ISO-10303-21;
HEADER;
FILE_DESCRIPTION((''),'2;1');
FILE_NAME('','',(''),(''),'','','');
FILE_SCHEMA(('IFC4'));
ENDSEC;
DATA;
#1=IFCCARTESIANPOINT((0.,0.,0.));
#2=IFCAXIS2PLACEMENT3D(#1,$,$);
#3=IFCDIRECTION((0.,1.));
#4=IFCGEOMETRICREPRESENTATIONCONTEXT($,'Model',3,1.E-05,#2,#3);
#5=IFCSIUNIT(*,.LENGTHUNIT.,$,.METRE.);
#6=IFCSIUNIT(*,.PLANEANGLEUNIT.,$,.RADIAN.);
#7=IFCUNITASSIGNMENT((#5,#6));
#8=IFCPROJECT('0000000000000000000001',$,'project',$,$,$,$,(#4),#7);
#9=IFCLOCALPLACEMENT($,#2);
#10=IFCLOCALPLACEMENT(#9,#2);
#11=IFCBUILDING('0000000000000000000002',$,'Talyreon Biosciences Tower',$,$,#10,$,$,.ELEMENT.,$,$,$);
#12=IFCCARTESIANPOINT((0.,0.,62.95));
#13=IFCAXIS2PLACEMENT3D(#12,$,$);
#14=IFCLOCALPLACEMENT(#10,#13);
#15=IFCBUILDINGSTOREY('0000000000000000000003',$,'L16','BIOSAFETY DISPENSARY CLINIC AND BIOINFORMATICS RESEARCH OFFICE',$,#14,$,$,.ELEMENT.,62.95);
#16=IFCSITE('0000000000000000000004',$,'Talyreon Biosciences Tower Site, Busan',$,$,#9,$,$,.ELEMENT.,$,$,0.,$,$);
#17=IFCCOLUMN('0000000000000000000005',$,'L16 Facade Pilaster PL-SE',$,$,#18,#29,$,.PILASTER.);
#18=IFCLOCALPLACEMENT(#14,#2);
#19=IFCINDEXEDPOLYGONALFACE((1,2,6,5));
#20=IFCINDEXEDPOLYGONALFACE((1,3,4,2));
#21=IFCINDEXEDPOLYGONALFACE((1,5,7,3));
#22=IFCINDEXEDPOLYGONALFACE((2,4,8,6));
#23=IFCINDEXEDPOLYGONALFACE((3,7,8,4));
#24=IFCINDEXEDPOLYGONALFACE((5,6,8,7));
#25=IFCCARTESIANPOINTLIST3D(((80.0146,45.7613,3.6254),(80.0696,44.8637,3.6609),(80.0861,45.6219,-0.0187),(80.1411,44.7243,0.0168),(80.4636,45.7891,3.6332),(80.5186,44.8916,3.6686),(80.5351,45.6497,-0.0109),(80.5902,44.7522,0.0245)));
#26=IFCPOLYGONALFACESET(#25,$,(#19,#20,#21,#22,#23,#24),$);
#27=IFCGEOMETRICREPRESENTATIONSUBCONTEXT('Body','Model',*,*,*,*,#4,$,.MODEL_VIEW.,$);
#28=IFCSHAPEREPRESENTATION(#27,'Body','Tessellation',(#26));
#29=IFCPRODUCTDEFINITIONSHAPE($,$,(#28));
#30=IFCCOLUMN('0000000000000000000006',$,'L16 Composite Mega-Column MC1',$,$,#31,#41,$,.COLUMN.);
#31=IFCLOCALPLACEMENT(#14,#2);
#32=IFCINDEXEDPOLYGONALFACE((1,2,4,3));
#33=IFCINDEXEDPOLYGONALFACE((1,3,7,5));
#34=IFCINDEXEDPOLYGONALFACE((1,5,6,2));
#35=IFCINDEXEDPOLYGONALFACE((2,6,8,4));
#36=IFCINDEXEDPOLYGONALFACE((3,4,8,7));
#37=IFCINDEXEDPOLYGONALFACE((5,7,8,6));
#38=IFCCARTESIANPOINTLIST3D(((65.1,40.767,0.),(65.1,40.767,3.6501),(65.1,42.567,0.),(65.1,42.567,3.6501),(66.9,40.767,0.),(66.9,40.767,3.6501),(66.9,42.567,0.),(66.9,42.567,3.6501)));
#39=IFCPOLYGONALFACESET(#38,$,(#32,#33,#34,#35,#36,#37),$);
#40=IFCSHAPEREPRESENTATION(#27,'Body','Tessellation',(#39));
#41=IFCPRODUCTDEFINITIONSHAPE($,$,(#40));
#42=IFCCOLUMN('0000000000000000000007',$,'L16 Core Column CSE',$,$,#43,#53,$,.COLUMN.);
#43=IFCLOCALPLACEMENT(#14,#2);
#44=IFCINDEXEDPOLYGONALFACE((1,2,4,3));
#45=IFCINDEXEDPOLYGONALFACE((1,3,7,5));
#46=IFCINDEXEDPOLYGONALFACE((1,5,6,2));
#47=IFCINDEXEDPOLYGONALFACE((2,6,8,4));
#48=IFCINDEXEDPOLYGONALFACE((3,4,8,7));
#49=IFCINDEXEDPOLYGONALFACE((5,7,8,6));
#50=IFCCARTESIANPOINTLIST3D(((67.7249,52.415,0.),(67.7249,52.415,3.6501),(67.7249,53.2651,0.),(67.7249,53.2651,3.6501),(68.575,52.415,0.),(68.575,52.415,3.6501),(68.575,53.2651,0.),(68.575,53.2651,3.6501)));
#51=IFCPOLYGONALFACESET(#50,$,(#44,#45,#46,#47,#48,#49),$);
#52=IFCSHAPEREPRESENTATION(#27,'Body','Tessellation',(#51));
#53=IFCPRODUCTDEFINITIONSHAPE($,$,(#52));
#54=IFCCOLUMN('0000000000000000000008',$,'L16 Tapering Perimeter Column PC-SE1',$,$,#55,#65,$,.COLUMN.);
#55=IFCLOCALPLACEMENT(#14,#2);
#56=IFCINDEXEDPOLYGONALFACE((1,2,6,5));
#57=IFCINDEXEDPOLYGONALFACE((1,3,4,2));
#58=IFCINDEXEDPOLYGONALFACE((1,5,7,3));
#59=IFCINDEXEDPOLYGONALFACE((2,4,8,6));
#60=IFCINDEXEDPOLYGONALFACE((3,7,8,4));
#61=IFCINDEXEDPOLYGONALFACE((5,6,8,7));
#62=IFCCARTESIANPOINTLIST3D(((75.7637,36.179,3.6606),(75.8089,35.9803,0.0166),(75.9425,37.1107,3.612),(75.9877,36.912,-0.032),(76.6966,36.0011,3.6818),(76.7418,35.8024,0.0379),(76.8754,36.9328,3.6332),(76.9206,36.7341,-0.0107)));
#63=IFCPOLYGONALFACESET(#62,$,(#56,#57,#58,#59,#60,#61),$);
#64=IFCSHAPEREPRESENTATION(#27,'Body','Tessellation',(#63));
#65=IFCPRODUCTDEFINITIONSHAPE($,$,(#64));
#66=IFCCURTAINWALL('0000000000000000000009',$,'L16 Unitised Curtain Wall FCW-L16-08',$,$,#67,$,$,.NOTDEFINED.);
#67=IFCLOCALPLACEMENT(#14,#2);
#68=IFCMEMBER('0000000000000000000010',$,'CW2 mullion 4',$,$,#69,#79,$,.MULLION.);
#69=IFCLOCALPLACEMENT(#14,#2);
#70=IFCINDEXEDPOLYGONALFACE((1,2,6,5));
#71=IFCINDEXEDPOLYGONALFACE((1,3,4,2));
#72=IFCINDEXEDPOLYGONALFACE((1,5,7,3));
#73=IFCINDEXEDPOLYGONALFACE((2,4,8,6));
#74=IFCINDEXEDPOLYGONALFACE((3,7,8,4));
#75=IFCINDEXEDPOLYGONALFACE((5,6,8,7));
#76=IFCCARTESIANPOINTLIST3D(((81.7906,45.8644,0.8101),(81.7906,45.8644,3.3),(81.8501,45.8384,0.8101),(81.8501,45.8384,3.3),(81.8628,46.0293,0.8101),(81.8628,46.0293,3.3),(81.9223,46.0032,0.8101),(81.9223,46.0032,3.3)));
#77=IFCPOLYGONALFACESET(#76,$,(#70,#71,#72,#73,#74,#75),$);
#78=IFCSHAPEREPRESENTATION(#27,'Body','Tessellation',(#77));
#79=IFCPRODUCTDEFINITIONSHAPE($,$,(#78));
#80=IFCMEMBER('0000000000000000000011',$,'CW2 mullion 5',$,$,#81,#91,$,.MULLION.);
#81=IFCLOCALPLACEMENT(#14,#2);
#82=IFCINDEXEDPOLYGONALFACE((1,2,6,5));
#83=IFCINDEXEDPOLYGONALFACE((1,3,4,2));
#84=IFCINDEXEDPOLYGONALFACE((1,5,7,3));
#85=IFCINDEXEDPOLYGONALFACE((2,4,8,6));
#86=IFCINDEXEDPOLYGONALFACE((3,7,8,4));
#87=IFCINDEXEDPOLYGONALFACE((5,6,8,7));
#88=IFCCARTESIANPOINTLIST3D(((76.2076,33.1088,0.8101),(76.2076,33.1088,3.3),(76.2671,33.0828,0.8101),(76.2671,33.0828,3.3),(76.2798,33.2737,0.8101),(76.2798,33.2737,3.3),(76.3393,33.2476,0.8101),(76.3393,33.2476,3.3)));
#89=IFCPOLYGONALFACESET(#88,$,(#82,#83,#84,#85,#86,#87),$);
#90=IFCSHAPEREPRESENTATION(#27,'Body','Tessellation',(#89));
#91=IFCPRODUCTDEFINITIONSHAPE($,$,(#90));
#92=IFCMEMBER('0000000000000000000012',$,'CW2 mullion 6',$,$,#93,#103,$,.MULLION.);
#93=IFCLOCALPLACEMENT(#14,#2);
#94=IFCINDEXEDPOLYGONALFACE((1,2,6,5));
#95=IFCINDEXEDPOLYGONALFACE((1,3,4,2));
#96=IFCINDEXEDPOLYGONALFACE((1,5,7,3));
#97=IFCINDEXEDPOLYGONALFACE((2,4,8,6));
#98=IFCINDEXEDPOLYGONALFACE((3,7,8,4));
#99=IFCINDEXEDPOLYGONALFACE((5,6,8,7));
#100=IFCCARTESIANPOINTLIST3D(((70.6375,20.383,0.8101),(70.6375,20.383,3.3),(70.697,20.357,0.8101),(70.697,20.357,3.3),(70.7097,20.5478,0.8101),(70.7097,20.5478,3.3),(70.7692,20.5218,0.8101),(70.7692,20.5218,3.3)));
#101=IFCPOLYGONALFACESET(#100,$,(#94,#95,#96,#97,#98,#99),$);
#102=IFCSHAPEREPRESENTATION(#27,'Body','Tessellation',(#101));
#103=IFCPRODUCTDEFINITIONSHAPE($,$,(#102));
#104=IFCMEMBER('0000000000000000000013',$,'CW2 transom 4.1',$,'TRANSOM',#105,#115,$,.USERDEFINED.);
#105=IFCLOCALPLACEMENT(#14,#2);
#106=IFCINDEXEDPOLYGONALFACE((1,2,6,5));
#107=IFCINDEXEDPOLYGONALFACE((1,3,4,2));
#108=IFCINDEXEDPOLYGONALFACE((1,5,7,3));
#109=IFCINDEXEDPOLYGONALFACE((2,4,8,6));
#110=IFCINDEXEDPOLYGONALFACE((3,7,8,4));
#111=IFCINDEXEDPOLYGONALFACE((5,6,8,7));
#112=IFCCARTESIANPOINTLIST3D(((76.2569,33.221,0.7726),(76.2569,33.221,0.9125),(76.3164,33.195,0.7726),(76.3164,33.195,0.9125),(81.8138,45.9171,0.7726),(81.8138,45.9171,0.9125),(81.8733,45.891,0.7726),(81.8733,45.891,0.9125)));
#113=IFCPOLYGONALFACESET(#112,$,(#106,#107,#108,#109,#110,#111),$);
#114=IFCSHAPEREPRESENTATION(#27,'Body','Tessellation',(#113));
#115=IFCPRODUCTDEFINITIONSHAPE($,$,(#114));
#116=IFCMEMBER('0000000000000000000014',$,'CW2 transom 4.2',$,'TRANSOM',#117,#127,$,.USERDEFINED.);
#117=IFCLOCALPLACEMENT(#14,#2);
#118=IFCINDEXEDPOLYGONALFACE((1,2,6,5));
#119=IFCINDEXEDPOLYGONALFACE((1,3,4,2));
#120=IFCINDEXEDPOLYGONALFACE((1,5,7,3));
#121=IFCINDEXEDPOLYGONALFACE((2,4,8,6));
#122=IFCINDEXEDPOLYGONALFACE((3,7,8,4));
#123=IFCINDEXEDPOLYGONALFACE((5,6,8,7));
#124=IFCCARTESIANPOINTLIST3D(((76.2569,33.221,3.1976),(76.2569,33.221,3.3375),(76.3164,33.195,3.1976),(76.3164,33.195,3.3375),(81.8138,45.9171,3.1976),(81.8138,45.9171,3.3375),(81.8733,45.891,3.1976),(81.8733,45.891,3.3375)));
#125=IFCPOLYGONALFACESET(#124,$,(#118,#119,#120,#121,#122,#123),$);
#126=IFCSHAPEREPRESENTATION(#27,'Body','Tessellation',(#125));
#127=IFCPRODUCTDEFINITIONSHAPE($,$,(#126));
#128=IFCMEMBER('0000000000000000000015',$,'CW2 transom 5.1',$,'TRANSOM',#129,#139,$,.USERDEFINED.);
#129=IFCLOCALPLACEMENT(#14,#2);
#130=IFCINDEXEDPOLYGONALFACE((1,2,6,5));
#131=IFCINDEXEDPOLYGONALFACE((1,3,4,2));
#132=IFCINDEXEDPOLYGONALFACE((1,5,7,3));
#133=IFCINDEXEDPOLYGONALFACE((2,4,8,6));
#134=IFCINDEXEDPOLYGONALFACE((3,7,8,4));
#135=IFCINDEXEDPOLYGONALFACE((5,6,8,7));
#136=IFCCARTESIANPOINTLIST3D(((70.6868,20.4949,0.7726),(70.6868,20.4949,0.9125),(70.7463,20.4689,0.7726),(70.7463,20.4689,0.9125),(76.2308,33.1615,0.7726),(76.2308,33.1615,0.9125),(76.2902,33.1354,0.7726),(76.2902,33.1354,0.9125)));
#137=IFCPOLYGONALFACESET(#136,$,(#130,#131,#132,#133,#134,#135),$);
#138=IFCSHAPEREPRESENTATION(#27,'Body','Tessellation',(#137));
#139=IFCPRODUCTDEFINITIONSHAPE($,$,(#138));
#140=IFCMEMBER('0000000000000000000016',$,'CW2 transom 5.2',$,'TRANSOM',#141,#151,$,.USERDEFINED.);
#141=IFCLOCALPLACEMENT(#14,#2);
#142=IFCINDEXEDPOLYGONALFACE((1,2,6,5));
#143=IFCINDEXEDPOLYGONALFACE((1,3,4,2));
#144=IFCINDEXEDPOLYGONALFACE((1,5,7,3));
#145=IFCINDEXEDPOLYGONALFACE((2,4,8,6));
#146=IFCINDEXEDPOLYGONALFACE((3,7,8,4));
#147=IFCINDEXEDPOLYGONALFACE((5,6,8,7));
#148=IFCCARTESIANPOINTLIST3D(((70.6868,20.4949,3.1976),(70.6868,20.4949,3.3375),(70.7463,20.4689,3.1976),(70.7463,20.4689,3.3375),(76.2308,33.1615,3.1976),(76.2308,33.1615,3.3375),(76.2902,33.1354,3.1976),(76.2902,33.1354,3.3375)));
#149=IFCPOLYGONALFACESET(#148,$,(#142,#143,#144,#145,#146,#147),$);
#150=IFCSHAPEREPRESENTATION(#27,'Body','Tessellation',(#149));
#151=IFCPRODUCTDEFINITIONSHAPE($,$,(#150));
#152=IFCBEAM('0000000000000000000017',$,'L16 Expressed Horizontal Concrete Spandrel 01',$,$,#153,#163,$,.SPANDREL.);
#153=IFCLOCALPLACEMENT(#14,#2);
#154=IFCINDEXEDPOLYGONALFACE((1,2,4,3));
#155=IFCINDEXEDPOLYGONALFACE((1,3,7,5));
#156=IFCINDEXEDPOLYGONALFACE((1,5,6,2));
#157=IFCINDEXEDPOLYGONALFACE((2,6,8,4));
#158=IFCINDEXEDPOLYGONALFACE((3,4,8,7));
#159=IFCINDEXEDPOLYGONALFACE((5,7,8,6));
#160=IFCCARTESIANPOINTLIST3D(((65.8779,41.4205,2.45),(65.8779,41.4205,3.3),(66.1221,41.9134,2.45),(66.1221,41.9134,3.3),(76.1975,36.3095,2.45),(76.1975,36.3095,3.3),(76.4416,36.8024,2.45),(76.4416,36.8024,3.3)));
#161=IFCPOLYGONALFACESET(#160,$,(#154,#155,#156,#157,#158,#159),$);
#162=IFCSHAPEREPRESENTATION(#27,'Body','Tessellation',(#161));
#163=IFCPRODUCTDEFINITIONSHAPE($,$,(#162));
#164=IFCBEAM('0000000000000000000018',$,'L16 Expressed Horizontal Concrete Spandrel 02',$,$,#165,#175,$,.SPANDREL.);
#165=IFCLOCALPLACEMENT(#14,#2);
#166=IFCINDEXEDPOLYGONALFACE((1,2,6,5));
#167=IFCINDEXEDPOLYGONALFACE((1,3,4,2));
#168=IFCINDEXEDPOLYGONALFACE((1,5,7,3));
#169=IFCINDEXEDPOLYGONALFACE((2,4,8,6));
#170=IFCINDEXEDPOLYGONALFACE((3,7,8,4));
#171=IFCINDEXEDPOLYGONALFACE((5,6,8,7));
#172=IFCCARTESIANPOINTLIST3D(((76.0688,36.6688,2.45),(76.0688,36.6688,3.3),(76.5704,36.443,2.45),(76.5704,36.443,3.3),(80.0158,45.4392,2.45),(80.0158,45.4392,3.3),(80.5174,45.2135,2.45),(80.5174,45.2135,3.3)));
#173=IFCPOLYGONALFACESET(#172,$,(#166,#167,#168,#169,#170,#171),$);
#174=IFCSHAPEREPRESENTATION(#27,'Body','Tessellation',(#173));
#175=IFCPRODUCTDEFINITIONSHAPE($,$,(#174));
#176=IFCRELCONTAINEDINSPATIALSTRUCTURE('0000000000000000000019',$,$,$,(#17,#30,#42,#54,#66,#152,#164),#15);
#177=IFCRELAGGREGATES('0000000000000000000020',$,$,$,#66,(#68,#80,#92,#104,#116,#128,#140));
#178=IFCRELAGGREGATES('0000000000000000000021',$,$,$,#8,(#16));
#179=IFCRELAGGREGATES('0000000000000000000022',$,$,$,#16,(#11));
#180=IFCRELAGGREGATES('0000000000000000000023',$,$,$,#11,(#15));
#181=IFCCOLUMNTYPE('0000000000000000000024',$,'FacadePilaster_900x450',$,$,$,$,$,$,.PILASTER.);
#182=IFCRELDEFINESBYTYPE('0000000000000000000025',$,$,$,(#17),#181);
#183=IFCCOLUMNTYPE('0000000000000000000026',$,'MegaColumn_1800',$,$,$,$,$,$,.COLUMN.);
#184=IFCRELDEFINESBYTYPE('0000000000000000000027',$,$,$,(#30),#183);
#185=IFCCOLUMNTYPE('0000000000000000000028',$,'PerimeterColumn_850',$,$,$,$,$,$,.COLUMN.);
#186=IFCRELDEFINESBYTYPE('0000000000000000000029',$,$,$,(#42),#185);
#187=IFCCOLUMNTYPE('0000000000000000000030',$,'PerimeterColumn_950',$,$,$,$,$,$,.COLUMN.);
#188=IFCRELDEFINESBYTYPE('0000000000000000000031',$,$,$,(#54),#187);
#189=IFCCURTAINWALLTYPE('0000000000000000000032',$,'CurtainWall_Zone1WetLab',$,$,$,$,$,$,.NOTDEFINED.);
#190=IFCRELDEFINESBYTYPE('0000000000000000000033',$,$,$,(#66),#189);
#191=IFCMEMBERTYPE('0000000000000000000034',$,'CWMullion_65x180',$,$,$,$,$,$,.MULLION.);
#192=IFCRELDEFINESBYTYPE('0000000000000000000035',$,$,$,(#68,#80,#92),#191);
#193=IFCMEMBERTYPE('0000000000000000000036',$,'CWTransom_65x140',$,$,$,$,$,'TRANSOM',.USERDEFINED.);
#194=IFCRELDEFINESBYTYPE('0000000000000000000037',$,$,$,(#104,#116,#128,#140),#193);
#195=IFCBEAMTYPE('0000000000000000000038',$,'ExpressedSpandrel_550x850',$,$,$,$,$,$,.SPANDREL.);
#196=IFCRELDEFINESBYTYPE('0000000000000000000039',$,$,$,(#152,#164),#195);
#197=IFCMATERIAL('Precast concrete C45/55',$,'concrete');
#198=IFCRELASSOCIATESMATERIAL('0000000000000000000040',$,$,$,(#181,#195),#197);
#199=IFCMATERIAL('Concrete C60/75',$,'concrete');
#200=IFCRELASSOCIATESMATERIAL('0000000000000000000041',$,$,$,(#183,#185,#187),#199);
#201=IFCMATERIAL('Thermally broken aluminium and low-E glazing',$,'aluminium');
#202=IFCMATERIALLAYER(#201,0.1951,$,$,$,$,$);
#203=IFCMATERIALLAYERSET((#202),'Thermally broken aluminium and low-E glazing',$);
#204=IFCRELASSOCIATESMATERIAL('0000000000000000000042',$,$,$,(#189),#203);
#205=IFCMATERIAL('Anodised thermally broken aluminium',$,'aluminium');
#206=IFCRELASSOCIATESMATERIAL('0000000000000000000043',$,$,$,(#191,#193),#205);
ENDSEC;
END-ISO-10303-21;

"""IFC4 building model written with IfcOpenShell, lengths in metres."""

from ifc_helpers import new_model, si_unit, direction, frame, origin, origin_2d, place, context, subcontext, project, spatial, rectangle, extrude, material, layer, layer_set, material_profile, profile_set, type_object, element, aggregate, save


model = new_model("IFC4")

# Units and contexts
model_context = context("Model", 3, precision=1e-05, world=origin(), true_north=direction((0.0, 1.0)))
body_context = subcontext(model_context, "Body", "Model", "MODEL_VIEW")
ifc_project = project(units=[si_unit("LENGTHUNIT", "METRE"), si_unit("PLANEANGLEUNIT", "RADIAN")], contexts=[model_context])

# Site, building, storey
site_placement = place(None, origin())
site = spatial("IfcSite", under=ifc_project, at=site_placement, Name="Talyreon Biosciences Tower Site, Busan", CompositionType="ELEMENT", RefElevation=0.0)
building_placement = place(site_placement, origin())
building = spatial("IfcBuilding", under=site, at=building_placement, Name="Talyreon Biosciences Tower", CompositionType="ELEMENT")
storey_placement = place(building_placement, frame((0.0, 0.0, 62.95)))
storey = spatial("IfcBuildingStorey", under=building, at=storey_placement, Name="L16", Description="BIOSAFETY DISPENSARY CLINIC AND BIOINFORMATICS RESEARCH OFFICE", CompositionType="ELEMENT", Elevation=62.95)

# Columns
ifc_material_1 = material(Name="Precast concrete C45/55", Category="concrete")
ifc_material_profile_1 = material_profile(ifc_material_1, rectangle(XDim=0.8999, YDim=0.45, at=origin_2d()), Name="RC 900x450")
ifc_profile_set_1 = profile_set([ifc_material_profile_1], Name="Precast concrete C45/55")
column_type_1 = type_object("IfcColumnType", Name="FacadePilaster_900x450", PredefinedType="PILASTER", material=ifc_profile_set_1)
column_1_placement = place(storey_placement, frame((80.3381, 45.187, 0.0029), z_axis=(-0.019612, 0.03822, 0.999077), x_axis=(0.061149, -0.997352, 0.039354)))
element("IfcColumn", 1, at=column_1_placement, inside=storey, type_object=column_type_1, Name="L16 Facade Pilaster PL-SE", PredefinedType="PILASTER", context=body_context, shape_type="SweptSolid", body=[
    extrude(rectangle(XDim=0.8999, YDim=0.45, at=origin_2d()), origin(), (0.0, 0.0, 1.0), 3.6475),
])
ifc_material_2 = material(Name="Concrete C60/75", Category="concrete")
ifc_material_profile_2 = material_profile(ifc_material_2, rectangle(XDim=1.8, YDim=1.8, at=origin_2d()), Name="RC 1800x1800")
ifc_profile_set_2 = profile_set([ifc_material_profile_2], Name="Concrete C60/75")
column_type_2 = type_object("IfcColumnType", Name="MegaColumn_1800", PredefinedType="COLUMN", material=ifc_profile_set_2)
column_2_placement = place(storey_placement, frame((66.0, 41.667, 0.0), z_axis=(0.0, 0.0, 1.0), x_axis=(1.0, 0.0, 0.0)))
element("IfcColumn", 2, at=column_2_placement, inside=storey, type_object=column_type_2, Name="L16 Composite Mega-Column MC1", PredefinedType="COLUMN", context=body_context, shape_type="SweptSolid", body=[
    extrude(rectangle(XDim=1.8, YDim=1.8, at=origin_2d()), origin(), (0.0, 0.0, 1.0), 3.6501),
])
ifc_material_profile_3 = material_profile(ifc_material_2, rectangle(XDim=0.8501, YDim=0.8501, at=origin_2d()), Name="RC 850x850")
ifc_profile_set_3 = profile_set([ifc_material_profile_3], Name="Concrete C60/75")
column_type_3 = type_object("IfcColumnType", Name="PerimeterColumn_850", PredefinedType="COLUMN", material=ifc_profile_set_3)
column_3_placement = place(storey_placement, frame((68.1499, 52.8401, 0.0), z_axis=(0.0, 0.0, 1.0), x_axis=(1.0, 0.0, 0.0)))
element("IfcColumn", 3, at=column_3_placement, inside=storey, type_object=column_type_3, Name="L16 Core Column CSE", PredefinedType="COLUMN", context=body_context, shape_type="SweptSolid", body=[
    extrude(rectangle(XDim=0.8501, YDim=0.8501, at=origin_2d()), origin(), (0.0, 0.0, 1.0), 3.6501),
])
ifc_material_profile_4 = material_profile(ifc_material_2, rectangle(XDim=0.95, YDim=0.95, at=origin_2d()), Name="RC 950x950")
ifc_profile_set_4 = profile_set([ifc_material_profile_4], Name="Concrete C60/75")
column_type_4 = type_object("IfcColumnType", Name="PerimeterColumn_950", PredefinedType="COLUMN", material=ifc_profile_set_4)
column_4_placement = place(storey_placement, frame((76.3647, 36.3572, 0.0029), z_axis=(-0.012375, 0.054451, 0.99844), x_axis=(-0.188242, -0.98079, 0.051155)))
element("IfcColumn", 4, at=column_4_placement, inside=storey, type_object=column_type_4, Name="L16 Tapering Perimeter Column PC-SE1", PredefinedType="COLUMN", context=body_context, shape_type="SweptSolid", body=[
    extrude(rectangle(XDim=0.95, YDim=0.95, at=origin_2d()), origin(), (0.0, 0.0, 1.0), 3.6497),
])

# Curtain wall, members
ifc_material_3 = material(Name="Thermally broken aluminium and low-E glazing", Category="aluminium")
ifc_layer_1 = layer(ifc_material_3, 0.1951)
ifc_layer_set_1 = layer_set([ifc_layer_1], Name="Thermally broken aluminium and low-E glazing")
curtain_wall_type = type_object("IfcCurtainWallType", Name="CurtainWall_Zone1WetLab", PredefinedType="NOTDEFINED", material=ifc_layer_set_1)
curtain_wall_placement = place(storey_placement, origin())
curtain_wall = element("IfcCurtainWall", 5, at=curtain_wall_placement, inside=storey, type_object=curtain_wall_type, Name="L16 Unitised Curtain Wall FCW-L16-08", PredefinedType="NOTDEFINED")
ifc_material_4 = material(Name="Anodised thermally broken aluminium", Category="aluminium")
ifc_material_profile_5 = material_profile(ifc_material_4, rectangle(XDim=0.0649, YDim=0.1799, at=origin_2d()), Name="ALUM MULLION 65x180")
ifc_profile_set_5 = profile_set([ifc_material_profile_5], Name="Anodised thermally broken aluminium")
member_type_1 = type_object("IfcMemberType", Name="CWMullion_65x180", PredefinedType="MULLION", material=ifc_profile_set_5)
member_1_placement = place(storey_placement, frame((81.8564, 45.9338, 0.8101), z_axis=(0.0, 0.0, 1.0), x_axis=(0.916092, -0.400968, 0.0)))
member_1 = element("IfcMember", 6, at=member_1_placement, type_object=member_type_1, Name="CW2 mullion 4", PredefinedType="MULLION", context=body_context, shape_type="SweptSolid", body=[
    extrude(rectangle(XDim=0.0649, YDim=0.1799, at=origin_2d()), origin(), (0.0, 0.0, 1.0), 2.49),
])
member_2_placement = place(storey_placement, frame((76.2734, 33.1782, 0.8101), z_axis=(0.0, 0.0, 1.0), x_axis=(0.916092, -0.400968, 0.0)))
member_2 = element("IfcMember", 7, at=member_2_placement, type_object=member_type_1, Name="CW2 mullion 5", PredefinedType="MULLION", context=body_context, shape_type="SweptSolid", body=[
    extrude(rectangle(XDim=0.0649, YDim=0.1799, at=origin_2d()), origin(), (0.0, 0.0, 1.0), 2.49),
])
member_3_placement = place(storey_placement, frame((70.7034, 20.4524, 0.8101), z_axis=(0.0, 0.0, 1.0), x_axis=(0.916092, -0.400968, 0.0)))
member_3 = element("IfcMember", 8, at=member_3_placement, type_object=member_type_1, Name="CW2 mullion 6", PredefinedType="MULLION", context=body_context, shape_type="SweptSolid", body=[
    extrude(rectangle(XDim=0.0649, YDim=0.1799, at=origin_2d()), origin(), (0.0, 0.0, 1.0), 2.49),
])
ifc_material_profile_6 = material_profile(ifc_material_4, rectangle(XDim=0.0649, YDim=0.1399, at=origin_2d()), Name="ALUM TRANSOM 65x140")
ifc_profile_set_6 = profile_set([ifc_material_profile_6], Name="Anodised thermally broken aluminium")
member_type_2 = type_object("IfcMemberType", Name="CWTransom_65x140", ElementType="TRANSOM", PredefinedType="USERDEFINED", material=ifc_profile_set_6)
member_4_placement = place(storey_placement, frame((81.8435, 45.9041, 0.8425), z_axis=(-0.400962, -0.916095, 0.0), x_axis=(0.916095, -0.400962, 0.0)))
member_4 = element("IfcMember", 9, at=member_4_placement, type_object=member_type_2, Name="CW2 transom 4.1", ObjectType="TRANSOM", PredefinedType="USERDEFINED", context=body_context, shape_type="SweptSolid", body=[
    extrude(rectangle(XDim=0.0649, YDim=0.1399, at=origin_2d()), origin(), (0.0, 0.0, 1.0), 13.8589),
])
member_5_placement = place(storey_placement, frame((81.8435, 45.9041, 3.2676), z_axis=(-0.400962, -0.916095, 0.0), x_axis=(0.916095, -0.400962, 0.0)))
member_5 = element("IfcMember", 10, at=member_5_placement, type_object=member_type_2, Name="CW2 transom 4.2", ObjectType="TRANSOM", PredefinedType="USERDEFINED", context=body_context, shape_type="SweptSolid", body=[
    extrude(rectangle(XDim=0.0649, YDim=0.1399, at=origin_2d()), origin(), (0.0, 0.0, 1.0), 13.8589),
])
member_6_placement = place(storey_placement, frame((76.2605, 33.1484, 0.8425), z_axis=(-0.400961, -0.916095, 0.0), x_axis=(0.916095, -0.400961, 0.0)))
member_6 = element("IfcMember", 11, at=member_6_placement, type_object=member_type_2, Name="CW2 transom 5.1", ObjectType="TRANSOM", PredefinedType="USERDEFINED", context=body_context, shape_type="SweptSolid", body=[
    extrude(rectangle(XDim=0.0649, YDim=0.1399, at=origin_2d()), origin(), (0.0, 0.0, 1.0), 13.8267),
])
member_7_placement = place(storey_placement, frame((76.2605, 33.1484, 3.2676), z_axis=(-0.400961, -0.916095, 0.0), x_axis=(0.916095, -0.400961, 0.0)))
member_7 = element("IfcMember", 12, at=member_7_placement, type_object=member_type_2, Name="CW2 transom 5.2", ObjectType="TRANSOM", PredefinedType="USERDEFINED", context=body_context, shape_type="SweptSolid", body=[
    extrude(rectangle(XDim=0.0649, YDim=0.1399, at=origin_2d()), origin(), (0.0, 0.0, 1.0), 13.8267),
])

# Beams
ifc_material_profile_7 = material_profile(ifc_material_1, rectangle(XDim=0.55, YDim=0.8501, at=origin_2d()), Name="RCB 550x850")
ifc_profile_set_7 = profile_set([ifc_material_profile_7], Name="Precast concrete C45/55")
beam_type_1 = type_object("IfcBeamType", Name="ExpressedSpandrel_550x850", PredefinedType="SPANDREL", material=ifc_profile_set_7)
beam_1_placement = place(storey_placement, frame((66.0, 41.667, 2.875), z_axis=(0.896113, -0.443827, 0.0), x_axis=(0.443827, 0.896113, 0.0)))
element("IfcBeam", 13, at=beam_1_placement, inside=storey, type_object=beam_type_1, Name="L16 Expressed Horizontal Concrete Spandrel 01", PredefinedType="SPANDREL", context=body_context, shape_type="SweptSolid", body=[
    extrude(rectangle(XDim=0.55, YDim=0.8501, at=origin_2d()), origin(), (0.0, 0.0, 1.0), 11.5159),
])
beam_2_placement = place(storey_placement, frame((76.3196, 36.5559, 2.875), z_axis=(0.41039, 0.91191, 0.0), x_axis=(-0.91191, 0.41039, 0.0)))
element("IfcBeam", 14, at=beam_2_placement, inside=storey, type_object=beam_type_1, Name="L16 Expressed Horizontal Concrete Spandrel 02", PredefinedType="SPANDREL", context=body_context, shape_type="SweptSolid", body=[
    extrude(rectangle(XDim=0.55, YDim=0.8501, at=origin_2d()), origin(), (0.0, 0.0, 1.0), 9.6177),
])

aggregate(curtain_wall, [member_1, member_2, member_3, member_4, member_5, member_6, member_7])

save(model, "model.ifc")
